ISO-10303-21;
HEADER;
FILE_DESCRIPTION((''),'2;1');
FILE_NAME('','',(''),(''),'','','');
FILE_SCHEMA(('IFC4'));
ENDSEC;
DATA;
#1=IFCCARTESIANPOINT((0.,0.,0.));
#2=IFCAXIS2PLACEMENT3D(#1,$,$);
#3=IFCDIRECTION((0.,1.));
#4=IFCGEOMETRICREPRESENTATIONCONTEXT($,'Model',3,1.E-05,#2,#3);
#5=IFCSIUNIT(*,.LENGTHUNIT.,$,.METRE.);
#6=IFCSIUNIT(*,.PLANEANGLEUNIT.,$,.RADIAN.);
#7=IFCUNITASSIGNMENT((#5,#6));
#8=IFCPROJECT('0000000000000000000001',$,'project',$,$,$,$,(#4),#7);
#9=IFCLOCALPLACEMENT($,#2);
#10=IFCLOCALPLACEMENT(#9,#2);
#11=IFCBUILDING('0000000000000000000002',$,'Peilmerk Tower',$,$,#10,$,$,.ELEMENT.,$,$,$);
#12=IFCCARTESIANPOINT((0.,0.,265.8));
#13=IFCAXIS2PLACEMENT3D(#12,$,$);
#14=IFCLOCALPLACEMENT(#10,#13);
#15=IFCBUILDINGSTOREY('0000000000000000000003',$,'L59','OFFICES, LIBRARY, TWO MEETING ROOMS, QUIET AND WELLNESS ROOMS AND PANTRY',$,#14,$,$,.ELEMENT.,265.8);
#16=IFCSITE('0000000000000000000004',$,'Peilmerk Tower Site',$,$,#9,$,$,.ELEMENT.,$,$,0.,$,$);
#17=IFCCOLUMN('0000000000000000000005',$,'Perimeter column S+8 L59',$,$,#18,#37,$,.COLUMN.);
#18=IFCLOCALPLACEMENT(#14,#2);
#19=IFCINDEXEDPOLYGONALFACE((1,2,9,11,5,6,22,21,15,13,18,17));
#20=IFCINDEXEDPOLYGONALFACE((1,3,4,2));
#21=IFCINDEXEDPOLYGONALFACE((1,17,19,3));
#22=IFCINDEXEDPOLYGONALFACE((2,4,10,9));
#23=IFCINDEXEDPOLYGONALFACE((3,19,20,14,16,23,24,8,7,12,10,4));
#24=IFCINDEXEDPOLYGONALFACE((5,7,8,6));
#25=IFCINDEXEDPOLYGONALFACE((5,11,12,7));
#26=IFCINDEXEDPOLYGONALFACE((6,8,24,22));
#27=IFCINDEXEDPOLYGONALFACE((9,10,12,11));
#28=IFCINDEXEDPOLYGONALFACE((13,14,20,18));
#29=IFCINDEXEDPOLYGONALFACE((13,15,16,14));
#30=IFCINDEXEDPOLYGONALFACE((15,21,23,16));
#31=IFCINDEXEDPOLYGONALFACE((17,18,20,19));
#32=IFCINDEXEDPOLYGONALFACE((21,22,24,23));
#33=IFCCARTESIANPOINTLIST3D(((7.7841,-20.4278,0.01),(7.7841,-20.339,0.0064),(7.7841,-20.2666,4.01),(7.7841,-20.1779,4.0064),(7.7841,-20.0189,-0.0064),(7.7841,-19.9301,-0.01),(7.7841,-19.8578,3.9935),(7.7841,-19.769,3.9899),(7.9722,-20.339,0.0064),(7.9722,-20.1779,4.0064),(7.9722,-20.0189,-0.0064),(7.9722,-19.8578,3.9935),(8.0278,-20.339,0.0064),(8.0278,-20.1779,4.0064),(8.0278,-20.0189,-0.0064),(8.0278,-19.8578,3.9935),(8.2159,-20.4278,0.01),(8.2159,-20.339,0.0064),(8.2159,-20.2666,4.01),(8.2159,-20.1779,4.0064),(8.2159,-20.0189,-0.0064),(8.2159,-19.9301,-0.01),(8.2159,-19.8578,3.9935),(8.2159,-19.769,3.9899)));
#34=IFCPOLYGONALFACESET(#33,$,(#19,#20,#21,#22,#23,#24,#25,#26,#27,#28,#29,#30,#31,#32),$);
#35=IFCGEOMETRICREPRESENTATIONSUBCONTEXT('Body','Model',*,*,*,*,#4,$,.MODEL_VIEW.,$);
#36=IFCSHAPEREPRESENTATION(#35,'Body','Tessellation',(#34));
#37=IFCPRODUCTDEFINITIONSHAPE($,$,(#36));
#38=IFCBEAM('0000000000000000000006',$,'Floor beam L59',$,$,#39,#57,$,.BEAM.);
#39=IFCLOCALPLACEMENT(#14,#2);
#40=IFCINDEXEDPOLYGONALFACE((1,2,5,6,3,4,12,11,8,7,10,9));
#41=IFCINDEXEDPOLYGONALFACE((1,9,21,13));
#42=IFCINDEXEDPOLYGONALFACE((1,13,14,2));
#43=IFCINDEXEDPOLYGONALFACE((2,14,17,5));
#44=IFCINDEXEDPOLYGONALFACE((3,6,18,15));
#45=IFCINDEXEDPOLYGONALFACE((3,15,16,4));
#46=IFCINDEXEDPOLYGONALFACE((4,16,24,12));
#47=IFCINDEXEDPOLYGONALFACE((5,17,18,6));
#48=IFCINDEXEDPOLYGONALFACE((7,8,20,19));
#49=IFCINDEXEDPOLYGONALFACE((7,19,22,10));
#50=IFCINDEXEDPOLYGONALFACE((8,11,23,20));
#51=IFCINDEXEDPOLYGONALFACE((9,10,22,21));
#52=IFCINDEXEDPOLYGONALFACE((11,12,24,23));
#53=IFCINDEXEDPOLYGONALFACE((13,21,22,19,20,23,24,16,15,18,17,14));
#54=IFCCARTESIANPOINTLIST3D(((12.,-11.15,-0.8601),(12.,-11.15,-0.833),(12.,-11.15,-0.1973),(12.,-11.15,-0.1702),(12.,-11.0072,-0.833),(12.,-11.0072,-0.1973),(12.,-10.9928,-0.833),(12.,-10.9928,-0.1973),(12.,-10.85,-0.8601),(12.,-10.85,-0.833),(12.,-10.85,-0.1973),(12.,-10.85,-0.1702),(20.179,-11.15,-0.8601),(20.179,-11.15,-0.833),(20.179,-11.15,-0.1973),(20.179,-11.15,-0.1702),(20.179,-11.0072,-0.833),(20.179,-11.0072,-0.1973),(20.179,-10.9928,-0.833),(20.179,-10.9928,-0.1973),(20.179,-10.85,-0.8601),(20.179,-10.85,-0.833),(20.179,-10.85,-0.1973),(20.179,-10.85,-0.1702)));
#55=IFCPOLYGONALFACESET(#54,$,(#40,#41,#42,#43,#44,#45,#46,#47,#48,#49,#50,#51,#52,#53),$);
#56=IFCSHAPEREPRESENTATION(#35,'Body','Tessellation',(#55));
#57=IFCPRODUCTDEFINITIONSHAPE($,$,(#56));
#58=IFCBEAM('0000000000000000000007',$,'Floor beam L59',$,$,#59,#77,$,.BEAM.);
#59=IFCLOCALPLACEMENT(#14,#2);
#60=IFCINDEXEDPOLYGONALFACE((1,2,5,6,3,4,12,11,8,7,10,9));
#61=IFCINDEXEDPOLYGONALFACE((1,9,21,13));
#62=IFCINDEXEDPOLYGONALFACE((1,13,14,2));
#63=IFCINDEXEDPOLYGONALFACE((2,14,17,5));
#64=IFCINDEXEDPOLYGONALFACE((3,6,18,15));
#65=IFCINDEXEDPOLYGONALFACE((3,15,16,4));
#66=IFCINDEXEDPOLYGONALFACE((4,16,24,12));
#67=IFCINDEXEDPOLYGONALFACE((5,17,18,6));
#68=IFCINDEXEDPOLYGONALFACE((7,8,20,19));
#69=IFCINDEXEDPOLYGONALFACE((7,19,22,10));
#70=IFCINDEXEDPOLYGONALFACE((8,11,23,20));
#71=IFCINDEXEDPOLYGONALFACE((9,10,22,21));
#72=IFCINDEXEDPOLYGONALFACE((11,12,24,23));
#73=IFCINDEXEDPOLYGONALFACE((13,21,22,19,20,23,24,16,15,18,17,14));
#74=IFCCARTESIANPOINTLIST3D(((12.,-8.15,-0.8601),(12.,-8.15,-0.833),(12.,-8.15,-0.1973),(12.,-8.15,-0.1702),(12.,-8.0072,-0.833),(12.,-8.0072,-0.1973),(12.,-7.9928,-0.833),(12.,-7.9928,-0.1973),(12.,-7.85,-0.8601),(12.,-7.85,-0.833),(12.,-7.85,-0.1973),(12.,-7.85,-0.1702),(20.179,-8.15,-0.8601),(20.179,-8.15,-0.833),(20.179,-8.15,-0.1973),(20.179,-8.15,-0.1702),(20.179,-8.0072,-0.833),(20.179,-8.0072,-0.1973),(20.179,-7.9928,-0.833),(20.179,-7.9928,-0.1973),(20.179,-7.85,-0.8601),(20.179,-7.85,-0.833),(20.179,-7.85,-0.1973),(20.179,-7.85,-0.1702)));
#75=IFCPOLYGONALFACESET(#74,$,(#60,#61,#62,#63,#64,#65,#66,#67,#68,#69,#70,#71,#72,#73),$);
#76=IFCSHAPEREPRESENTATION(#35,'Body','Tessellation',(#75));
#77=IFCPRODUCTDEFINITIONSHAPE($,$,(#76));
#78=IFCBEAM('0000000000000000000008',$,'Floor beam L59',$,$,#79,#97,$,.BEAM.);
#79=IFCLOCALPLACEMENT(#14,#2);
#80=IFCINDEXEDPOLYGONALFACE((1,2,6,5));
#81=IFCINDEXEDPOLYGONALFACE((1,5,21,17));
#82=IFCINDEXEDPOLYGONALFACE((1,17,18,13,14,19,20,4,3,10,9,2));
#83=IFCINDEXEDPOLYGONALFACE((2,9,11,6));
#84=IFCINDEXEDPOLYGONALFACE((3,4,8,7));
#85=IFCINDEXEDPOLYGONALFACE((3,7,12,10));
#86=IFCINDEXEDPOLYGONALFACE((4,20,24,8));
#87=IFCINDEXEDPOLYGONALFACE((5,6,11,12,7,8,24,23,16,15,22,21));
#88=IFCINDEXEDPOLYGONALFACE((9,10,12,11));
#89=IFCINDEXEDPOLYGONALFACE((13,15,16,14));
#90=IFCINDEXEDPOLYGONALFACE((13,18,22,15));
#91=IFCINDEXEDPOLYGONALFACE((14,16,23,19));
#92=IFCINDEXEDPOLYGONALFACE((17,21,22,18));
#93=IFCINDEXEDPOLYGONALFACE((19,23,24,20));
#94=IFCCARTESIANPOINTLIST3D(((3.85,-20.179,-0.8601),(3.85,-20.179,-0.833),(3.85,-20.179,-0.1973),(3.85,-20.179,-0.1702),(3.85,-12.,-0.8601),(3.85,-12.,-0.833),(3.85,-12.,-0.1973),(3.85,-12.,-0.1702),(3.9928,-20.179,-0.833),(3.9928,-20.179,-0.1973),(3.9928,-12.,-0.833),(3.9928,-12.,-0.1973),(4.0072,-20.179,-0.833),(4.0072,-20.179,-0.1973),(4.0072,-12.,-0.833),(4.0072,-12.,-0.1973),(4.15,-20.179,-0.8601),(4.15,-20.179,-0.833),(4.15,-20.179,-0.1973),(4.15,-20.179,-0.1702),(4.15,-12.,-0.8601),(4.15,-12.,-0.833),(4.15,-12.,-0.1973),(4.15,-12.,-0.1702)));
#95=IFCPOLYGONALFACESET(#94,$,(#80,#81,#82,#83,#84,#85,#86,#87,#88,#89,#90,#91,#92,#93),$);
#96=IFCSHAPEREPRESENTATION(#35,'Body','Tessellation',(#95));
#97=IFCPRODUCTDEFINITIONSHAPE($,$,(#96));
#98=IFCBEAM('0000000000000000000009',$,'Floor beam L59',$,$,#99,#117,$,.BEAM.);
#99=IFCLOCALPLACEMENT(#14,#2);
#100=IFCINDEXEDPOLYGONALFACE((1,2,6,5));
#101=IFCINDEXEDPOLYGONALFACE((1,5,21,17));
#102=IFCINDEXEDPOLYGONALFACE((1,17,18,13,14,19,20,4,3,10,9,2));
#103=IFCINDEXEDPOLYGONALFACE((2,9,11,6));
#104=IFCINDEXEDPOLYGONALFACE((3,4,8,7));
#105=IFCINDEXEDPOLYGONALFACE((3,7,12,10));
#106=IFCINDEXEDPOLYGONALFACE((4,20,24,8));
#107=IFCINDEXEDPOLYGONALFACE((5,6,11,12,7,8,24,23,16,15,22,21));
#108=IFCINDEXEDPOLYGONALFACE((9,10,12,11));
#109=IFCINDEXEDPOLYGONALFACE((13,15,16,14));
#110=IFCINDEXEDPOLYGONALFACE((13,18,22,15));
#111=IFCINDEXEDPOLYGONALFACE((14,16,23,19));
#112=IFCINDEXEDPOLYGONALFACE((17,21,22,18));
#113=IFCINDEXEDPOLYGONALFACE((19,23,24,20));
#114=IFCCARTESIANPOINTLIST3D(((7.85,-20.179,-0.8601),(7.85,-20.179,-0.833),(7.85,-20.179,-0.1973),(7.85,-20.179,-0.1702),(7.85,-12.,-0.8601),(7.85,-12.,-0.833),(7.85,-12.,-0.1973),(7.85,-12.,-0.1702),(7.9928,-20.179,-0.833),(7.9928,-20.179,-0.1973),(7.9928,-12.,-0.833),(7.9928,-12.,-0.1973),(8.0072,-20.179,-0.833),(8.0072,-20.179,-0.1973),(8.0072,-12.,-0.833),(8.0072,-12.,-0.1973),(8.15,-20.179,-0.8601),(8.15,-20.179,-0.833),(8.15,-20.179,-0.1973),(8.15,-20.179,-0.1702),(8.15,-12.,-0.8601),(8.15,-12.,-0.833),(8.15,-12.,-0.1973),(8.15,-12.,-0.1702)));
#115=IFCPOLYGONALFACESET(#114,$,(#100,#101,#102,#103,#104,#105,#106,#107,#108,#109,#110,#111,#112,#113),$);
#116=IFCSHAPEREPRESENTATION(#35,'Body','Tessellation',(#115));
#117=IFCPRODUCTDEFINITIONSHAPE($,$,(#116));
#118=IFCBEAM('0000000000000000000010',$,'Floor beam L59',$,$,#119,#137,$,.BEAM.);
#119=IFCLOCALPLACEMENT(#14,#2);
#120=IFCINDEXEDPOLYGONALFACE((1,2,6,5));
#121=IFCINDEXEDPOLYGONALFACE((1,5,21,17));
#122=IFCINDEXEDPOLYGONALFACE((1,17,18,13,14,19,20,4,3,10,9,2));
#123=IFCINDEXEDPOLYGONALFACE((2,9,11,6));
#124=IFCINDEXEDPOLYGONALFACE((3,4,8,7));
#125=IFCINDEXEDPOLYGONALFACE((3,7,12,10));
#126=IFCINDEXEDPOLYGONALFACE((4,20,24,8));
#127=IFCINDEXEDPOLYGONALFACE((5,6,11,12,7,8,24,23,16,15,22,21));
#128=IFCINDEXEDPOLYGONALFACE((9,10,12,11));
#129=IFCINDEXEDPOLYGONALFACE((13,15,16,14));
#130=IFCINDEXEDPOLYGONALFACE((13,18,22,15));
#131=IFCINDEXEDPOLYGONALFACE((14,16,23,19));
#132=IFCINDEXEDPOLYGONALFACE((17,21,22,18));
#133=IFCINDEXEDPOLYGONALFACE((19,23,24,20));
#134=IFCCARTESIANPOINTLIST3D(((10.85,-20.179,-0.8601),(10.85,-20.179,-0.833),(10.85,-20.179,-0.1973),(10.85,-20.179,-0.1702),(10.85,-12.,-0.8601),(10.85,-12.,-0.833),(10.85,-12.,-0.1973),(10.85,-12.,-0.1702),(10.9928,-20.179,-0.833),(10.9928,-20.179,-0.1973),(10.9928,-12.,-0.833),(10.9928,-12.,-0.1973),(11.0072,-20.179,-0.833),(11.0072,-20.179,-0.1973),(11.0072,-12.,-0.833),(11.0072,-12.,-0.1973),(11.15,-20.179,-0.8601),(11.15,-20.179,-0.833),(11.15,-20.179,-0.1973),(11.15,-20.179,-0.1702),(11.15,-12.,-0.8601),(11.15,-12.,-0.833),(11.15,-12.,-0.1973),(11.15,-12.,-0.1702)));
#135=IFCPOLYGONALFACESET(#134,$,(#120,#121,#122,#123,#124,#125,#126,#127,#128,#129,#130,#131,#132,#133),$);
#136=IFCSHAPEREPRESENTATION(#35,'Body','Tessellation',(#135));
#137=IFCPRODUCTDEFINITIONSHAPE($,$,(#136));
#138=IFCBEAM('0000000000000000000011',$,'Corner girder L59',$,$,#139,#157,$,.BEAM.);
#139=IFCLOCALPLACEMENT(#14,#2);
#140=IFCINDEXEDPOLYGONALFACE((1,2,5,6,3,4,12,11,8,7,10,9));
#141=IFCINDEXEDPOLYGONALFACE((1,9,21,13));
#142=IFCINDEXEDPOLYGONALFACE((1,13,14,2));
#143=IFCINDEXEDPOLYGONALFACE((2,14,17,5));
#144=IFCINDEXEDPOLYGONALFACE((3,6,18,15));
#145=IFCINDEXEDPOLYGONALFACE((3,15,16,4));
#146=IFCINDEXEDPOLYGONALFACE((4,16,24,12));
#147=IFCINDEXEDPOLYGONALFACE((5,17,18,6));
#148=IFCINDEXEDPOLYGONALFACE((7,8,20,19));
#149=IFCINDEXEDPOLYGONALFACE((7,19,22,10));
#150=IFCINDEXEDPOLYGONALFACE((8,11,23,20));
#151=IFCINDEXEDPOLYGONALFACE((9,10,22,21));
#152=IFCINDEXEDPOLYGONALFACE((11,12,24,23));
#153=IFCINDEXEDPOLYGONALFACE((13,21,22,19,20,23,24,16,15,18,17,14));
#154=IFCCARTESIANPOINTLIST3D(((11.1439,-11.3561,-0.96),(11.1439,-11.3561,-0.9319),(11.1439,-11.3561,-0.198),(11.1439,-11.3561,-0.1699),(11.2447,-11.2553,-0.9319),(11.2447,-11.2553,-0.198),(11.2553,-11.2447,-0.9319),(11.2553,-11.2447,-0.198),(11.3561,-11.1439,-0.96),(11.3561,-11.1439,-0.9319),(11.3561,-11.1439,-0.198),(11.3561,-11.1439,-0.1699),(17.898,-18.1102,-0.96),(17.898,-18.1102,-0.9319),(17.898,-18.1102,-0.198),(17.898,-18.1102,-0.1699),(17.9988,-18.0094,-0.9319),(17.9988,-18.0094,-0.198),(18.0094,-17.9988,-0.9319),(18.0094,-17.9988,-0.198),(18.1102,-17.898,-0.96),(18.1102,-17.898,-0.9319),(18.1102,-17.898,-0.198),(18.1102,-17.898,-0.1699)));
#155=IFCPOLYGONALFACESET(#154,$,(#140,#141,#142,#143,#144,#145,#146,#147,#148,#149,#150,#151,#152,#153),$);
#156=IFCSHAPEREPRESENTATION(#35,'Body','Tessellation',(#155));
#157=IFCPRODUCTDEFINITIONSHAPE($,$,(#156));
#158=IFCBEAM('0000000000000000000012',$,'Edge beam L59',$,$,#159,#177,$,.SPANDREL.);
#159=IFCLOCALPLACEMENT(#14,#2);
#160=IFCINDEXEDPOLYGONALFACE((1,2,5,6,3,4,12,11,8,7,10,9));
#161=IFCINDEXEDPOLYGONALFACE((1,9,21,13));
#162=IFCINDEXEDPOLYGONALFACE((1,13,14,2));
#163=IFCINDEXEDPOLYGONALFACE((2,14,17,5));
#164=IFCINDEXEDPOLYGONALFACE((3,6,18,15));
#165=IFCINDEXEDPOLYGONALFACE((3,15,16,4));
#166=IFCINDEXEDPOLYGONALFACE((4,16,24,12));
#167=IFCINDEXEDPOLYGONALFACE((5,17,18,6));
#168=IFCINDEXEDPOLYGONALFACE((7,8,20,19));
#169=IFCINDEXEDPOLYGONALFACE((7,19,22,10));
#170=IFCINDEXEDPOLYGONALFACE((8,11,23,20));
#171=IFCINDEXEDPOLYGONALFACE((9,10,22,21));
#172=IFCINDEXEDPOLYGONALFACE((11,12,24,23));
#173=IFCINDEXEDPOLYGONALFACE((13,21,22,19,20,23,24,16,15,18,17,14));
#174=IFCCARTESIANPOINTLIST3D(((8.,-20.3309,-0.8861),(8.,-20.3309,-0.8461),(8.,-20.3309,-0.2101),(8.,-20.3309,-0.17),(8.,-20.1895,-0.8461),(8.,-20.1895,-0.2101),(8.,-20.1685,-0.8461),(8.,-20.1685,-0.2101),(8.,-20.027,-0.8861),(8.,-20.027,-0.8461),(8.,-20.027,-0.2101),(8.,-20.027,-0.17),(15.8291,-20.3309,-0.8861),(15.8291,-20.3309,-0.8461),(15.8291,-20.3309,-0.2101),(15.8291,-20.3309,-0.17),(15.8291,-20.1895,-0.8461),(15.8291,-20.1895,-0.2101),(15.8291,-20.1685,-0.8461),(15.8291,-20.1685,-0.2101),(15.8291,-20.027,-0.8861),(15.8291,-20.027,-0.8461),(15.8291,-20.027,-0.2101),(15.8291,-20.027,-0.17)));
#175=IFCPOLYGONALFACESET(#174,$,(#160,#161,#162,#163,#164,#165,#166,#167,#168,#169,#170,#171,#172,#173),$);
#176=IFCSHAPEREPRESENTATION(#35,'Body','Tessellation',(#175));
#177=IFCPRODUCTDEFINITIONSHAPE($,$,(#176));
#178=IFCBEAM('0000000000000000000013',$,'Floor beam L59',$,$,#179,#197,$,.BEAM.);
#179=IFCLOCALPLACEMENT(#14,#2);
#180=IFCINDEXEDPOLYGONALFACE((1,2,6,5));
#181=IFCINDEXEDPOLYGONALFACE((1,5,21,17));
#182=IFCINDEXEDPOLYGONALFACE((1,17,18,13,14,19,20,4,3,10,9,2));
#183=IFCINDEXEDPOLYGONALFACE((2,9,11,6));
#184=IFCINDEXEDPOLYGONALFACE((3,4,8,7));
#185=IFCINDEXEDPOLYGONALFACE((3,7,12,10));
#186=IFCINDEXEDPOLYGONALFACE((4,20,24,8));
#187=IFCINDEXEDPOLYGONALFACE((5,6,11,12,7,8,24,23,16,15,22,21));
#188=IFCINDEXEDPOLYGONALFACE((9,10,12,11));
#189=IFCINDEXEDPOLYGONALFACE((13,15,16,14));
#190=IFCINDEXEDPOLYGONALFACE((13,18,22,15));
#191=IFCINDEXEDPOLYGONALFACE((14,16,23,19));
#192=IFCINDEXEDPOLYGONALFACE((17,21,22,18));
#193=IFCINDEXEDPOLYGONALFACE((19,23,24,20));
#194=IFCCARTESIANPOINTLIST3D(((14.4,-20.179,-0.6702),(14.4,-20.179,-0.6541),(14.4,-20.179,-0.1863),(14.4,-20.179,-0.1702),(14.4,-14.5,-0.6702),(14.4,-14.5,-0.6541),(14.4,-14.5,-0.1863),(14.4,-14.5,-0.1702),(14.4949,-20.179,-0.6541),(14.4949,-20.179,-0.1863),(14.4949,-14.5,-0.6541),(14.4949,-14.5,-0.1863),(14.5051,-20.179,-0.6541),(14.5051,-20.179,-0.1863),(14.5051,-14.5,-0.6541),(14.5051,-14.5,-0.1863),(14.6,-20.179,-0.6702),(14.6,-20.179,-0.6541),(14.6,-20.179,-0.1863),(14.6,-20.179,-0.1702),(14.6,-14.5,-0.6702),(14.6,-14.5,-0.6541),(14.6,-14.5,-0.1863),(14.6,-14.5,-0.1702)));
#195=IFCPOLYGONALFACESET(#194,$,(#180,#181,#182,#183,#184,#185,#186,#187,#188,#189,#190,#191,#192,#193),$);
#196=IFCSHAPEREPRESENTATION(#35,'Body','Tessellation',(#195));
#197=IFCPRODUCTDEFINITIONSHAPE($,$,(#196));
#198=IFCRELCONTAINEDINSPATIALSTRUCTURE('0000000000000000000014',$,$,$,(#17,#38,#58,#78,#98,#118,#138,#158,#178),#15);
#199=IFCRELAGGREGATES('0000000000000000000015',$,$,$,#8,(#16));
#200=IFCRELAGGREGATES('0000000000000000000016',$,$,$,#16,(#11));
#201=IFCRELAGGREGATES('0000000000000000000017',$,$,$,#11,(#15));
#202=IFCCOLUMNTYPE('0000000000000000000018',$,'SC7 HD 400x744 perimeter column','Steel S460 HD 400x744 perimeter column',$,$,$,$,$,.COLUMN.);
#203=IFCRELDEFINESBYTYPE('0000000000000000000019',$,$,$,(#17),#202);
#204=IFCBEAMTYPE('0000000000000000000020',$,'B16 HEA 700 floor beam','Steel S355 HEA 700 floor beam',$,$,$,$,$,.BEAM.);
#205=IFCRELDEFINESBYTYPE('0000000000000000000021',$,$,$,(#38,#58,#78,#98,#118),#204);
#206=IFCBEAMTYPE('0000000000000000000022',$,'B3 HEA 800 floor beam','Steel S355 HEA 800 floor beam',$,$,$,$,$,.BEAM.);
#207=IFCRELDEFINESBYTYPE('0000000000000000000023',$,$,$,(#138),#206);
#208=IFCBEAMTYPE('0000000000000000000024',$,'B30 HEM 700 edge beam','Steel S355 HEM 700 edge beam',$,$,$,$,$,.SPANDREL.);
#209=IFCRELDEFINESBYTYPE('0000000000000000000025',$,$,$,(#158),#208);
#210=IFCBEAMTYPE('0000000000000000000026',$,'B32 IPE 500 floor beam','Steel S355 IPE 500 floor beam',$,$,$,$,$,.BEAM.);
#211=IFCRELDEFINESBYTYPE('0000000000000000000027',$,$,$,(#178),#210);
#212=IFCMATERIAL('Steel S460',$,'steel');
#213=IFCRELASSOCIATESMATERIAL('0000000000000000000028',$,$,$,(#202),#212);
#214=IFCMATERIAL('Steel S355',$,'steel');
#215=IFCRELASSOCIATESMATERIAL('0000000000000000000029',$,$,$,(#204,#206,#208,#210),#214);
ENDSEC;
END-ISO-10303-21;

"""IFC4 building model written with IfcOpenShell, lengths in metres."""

from ifc_helpers import new_model, si_unit, direction, frame, origin, origin_2d, place, context, subcontext, project, spatial, i_section, extrude, material, material_profile, profile_set, type_object, element, save


model = new_model("IFC4")

# Units and contexts
model_context = context("Model", 3, precision=1e-05, world=origin(), true_north=direction((0.0, 1.0)))
body_context = subcontext(model_context, "Body", "Model", "MODEL_VIEW")
ifc_project = project(units=[si_unit("LENGTHUNIT", "METRE"), si_unit("PLANEANGLEUNIT", "RADIAN")], contexts=[model_context])

# Site, building, storey
site_placement = place(None, origin())
site = spatial("IfcSite", under=ifc_project, at=site_placement, Name="Peilmerk Tower Site", CompositionType="ELEMENT", RefElevation=0.0)
building_placement = place(site_placement, origin())
building = spatial("IfcBuilding", under=site, at=building_placement, Name="Peilmerk Tower", CompositionType="ELEMENT")
storey_placement = place(building_placement, frame((0.0, 0.0, 265.8)))
storey = spatial("IfcBuildingStorey", under=building, at=storey_placement, Name="L59", Description="OFFICES, LIBRARY, TWO MEETING ROOMS, QUIET AND WELLNESS ROOMS AND PANTRY", CompositionType="ELEMENT", Elevation=265.8)

# Column
ifc_material_1 = material(Name="Steel S460", Category="steel")
ifc_material_profile_1 = material_profile(ifc_material_1, i_section(OverallWidth=0.4319, OverallDepth=0.498, WebThickness=0.0557, FlangeThickness=0.0889, at=origin_2d()), Name="HD 400x744")
ifc_profile_set_1 = profile_set([ifc_material_profile_1], Name="Steel S460")
column_type = type_object("IfcColumnType", Name="SC7 HD 400x744 perimeter column", Description="Steel S460 HD 400x744 perimeter column", PredefinedType="COLUMN", material=ifc_profile_set_1)
column_placement = place(storey_placement, frame((8.0, -20.179, 0.0), z_axis=(0.0, 0.040251, 0.99919), x_axis=(-1.0, 0.0, 0.0)))
element("IfcColumn", 1, at=column_placement, inside=storey, type_object=column_type, Name="Perimeter column S+8 L59", PredefinedType="COLUMN", context=body_context, shape_type="SweptSolid", body=[
    extrude(i_section(OverallWidth=0.4319, OverallDepth=0.498, WebThickness=0.0557, FlangeThickness=0.0889, at=origin_2d()), origin(), (0.0, 0.0, 1.0), 4.0032),
])

# Beams
ifc_material_2 = material(Name="Steel S355", Category="steel")
ifc_material_profile_2 = material_profile(ifc_material_2, i_section(OverallWidth=0.3, OverallDepth=0.6899, WebThickness=0.0144, FlangeThickness=0.0271, at=origin_2d()), Name="HEA 700")
ifc_profile_set_2 = profile_set([ifc_material_profile_2], Name="Steel S355")
beam_type_1 = type_object("IfcBeamType", Name="B16 HEA 700 floor beam", Description="Steel S355 HEA 700 floor beam", PredefinedType="BEAM", material=ifc_profile_set_2)
for number, where, z_axis, x_axis, name in (
    (2, (12.0, -11.0, -0.5151), (1.0, 0.0, 0.0), (0.0, 1.0, 0.0), "Floor beam L59"),
    (3, (12.0, -8.0, -0.5151), (1.0, 0.0, 0.0), (0.0, 1.0, 0.0), "Floor beam L59"),
    (4, (4.0, -12.0, -0.5151), (0.0, -1.0, 0.0), (1.0, 0.0, 0.0), "Floor beam L59"),
    (5, (8.0, -12.0, -0.5151), (0.0, -1.0, 0.0), (1.0, 0.0, 0.0), "Floor beam L59"),
    (6, (11.0, -12.0, -0.5151), (0.0, -1.0, 0.0), (1.0, 0.0, 0.0), "Floor beam L59"),
):
    element("IfcBeam", number, at=place(storey_placement, frame(where, z_axis=z_axis, x_axis=x_axis)), inside=storey, type_object=beam_type_1, Name=name, PredefinedType="BEAM", context=body_context, shape_type="SweptSolid", body=[
        extrude(i_section(OverallWidth=0.3, OverallDepth=0.6899, WebThickness=0.0144, FlangeThickness=0.0271, at=origin_2d()), origin(), (0.0, 0.0, 1.0), 8.179),
    ])
ifc_material_profile_3 = material_profile(ifc_material_2, i_section(OverallWidth=0.3, OverallDepth=0.79, WebThickness=0.0149, FlangeThickness=0.0281, at=origin_2d()), Name="HEA 800")
ifc_profile_set_3 = profile_set([ifc_material_profile_3], Name="Steel S355")
beam_type_2 = type_object("IfcBeamType", Name="B3 HEA 800 floor beam", Description="Steel S355 HEA 800 floor beam", PredefinedType="BEAM", material=ifc_profile_set_3)
beam_1_placement = place(storey_placement, frame((11.25, -11.25, -0.5649), z_axis=(0.707107, -0.707107, 0.0), x_axis=(0.707107, 0.707107, 0.0)))
element("IfcBeam", 7, at=beam_1_placement, inside=storey, type_object=beam_type_2, Name="Corner girder L59", PredefinedType="BEAM", context=body_context, shape_type="SweptSolid", body=[
    extrude(i_section(OverallWidth=0.3, OverallDepth=0.79, WebThickness=0.0149, FlangeThickness=0.0281, at=origin_2d()), origin(), (0.0, 0.0, 1.0), 9.5518),
])
ifc_material_profile_4 = material_profile(ifc_material_2, i_section(OverallWidth=0.304, OverallDepth=0.7161, WebThickness=0.021, FlangeThickness=0.04, at=origin_2d()), Name="HEM 700")
ifc_profile_set_4 = profile_set([ifc_material_profile_4], Name="Steel S355")
beam_type_3 = type_object("IfcBeamType", Name="B30 HEM 700 edge beam", Description="Steel S355 HEM 700 edge beam", PredefinedType="SPANDREL", material=ifc_profile_set_4)
beam_2_placement = place(storey_placement, frame((8.0, -20.179, -0.5281), z_axis=(1.0, 0.0, 0.0), x_axis=(0.0, 1.0, 0.0)))
element("IfcBeam", 8, at=beam_2_placement, inside=storey, type_object=beam_type_3, Name="Edge beam L59", PredefinedType="SPANDREL", context=body_context, shape_type="SweptSolid", body=[
    extrude(i_section(OverallWidth=0.304, OverallDepth=0.7161, WebThickness=0.021, FlangeThickness=0.04, at=origin_2d()), origin(), (0.0, 0.0, 1.0), 7.8291),
])
ifc_material_profile_5 = material_profile(ifc_material_2, i_section(OverallWidth=0.2, OverallDepth=0.5, WebThickness=0.0103, FlangeThickness=0.0161, at=origin_2d()), Name="IPE 500")
ifc_profile_set_5 = profile_set([ifc_material_profile_5], Name="Steel S355")
beam_type_4 = type_object("IfcBeamType", Name="B32 IPE 500 floor beam", Description="Steel S355 IPE 500 floor beam", PredefinedType="BEAM", material=ifc_profile_set_5)
for number, where, z_axis, x_axis, name in (
    (9, (14.5, -14.5, -0.4202), (0.0, -1.0, 0.0), (1.0, 0.0, 0.0), "Floor beam L59"),
):
    element("IfcBeam", number, at=place(storey_placement, frame(where, z_axis=z_axis, x_axis=x_axis)), inside=storey, type_object=beam_type_4, Name=name, PredefinedType="BEAM", context=body_context, shape_type="SweptSolid", body=[
        extrude(i_section(OverallWidth=0.2, OverallDepth=0.5, WebThickness=0.0103, FlangeThickness=0.0161, at=origin_2d()), origin(), (0.0, 0.0, 1.0), 5.679),
    ])

save(model, "model.ifc")
